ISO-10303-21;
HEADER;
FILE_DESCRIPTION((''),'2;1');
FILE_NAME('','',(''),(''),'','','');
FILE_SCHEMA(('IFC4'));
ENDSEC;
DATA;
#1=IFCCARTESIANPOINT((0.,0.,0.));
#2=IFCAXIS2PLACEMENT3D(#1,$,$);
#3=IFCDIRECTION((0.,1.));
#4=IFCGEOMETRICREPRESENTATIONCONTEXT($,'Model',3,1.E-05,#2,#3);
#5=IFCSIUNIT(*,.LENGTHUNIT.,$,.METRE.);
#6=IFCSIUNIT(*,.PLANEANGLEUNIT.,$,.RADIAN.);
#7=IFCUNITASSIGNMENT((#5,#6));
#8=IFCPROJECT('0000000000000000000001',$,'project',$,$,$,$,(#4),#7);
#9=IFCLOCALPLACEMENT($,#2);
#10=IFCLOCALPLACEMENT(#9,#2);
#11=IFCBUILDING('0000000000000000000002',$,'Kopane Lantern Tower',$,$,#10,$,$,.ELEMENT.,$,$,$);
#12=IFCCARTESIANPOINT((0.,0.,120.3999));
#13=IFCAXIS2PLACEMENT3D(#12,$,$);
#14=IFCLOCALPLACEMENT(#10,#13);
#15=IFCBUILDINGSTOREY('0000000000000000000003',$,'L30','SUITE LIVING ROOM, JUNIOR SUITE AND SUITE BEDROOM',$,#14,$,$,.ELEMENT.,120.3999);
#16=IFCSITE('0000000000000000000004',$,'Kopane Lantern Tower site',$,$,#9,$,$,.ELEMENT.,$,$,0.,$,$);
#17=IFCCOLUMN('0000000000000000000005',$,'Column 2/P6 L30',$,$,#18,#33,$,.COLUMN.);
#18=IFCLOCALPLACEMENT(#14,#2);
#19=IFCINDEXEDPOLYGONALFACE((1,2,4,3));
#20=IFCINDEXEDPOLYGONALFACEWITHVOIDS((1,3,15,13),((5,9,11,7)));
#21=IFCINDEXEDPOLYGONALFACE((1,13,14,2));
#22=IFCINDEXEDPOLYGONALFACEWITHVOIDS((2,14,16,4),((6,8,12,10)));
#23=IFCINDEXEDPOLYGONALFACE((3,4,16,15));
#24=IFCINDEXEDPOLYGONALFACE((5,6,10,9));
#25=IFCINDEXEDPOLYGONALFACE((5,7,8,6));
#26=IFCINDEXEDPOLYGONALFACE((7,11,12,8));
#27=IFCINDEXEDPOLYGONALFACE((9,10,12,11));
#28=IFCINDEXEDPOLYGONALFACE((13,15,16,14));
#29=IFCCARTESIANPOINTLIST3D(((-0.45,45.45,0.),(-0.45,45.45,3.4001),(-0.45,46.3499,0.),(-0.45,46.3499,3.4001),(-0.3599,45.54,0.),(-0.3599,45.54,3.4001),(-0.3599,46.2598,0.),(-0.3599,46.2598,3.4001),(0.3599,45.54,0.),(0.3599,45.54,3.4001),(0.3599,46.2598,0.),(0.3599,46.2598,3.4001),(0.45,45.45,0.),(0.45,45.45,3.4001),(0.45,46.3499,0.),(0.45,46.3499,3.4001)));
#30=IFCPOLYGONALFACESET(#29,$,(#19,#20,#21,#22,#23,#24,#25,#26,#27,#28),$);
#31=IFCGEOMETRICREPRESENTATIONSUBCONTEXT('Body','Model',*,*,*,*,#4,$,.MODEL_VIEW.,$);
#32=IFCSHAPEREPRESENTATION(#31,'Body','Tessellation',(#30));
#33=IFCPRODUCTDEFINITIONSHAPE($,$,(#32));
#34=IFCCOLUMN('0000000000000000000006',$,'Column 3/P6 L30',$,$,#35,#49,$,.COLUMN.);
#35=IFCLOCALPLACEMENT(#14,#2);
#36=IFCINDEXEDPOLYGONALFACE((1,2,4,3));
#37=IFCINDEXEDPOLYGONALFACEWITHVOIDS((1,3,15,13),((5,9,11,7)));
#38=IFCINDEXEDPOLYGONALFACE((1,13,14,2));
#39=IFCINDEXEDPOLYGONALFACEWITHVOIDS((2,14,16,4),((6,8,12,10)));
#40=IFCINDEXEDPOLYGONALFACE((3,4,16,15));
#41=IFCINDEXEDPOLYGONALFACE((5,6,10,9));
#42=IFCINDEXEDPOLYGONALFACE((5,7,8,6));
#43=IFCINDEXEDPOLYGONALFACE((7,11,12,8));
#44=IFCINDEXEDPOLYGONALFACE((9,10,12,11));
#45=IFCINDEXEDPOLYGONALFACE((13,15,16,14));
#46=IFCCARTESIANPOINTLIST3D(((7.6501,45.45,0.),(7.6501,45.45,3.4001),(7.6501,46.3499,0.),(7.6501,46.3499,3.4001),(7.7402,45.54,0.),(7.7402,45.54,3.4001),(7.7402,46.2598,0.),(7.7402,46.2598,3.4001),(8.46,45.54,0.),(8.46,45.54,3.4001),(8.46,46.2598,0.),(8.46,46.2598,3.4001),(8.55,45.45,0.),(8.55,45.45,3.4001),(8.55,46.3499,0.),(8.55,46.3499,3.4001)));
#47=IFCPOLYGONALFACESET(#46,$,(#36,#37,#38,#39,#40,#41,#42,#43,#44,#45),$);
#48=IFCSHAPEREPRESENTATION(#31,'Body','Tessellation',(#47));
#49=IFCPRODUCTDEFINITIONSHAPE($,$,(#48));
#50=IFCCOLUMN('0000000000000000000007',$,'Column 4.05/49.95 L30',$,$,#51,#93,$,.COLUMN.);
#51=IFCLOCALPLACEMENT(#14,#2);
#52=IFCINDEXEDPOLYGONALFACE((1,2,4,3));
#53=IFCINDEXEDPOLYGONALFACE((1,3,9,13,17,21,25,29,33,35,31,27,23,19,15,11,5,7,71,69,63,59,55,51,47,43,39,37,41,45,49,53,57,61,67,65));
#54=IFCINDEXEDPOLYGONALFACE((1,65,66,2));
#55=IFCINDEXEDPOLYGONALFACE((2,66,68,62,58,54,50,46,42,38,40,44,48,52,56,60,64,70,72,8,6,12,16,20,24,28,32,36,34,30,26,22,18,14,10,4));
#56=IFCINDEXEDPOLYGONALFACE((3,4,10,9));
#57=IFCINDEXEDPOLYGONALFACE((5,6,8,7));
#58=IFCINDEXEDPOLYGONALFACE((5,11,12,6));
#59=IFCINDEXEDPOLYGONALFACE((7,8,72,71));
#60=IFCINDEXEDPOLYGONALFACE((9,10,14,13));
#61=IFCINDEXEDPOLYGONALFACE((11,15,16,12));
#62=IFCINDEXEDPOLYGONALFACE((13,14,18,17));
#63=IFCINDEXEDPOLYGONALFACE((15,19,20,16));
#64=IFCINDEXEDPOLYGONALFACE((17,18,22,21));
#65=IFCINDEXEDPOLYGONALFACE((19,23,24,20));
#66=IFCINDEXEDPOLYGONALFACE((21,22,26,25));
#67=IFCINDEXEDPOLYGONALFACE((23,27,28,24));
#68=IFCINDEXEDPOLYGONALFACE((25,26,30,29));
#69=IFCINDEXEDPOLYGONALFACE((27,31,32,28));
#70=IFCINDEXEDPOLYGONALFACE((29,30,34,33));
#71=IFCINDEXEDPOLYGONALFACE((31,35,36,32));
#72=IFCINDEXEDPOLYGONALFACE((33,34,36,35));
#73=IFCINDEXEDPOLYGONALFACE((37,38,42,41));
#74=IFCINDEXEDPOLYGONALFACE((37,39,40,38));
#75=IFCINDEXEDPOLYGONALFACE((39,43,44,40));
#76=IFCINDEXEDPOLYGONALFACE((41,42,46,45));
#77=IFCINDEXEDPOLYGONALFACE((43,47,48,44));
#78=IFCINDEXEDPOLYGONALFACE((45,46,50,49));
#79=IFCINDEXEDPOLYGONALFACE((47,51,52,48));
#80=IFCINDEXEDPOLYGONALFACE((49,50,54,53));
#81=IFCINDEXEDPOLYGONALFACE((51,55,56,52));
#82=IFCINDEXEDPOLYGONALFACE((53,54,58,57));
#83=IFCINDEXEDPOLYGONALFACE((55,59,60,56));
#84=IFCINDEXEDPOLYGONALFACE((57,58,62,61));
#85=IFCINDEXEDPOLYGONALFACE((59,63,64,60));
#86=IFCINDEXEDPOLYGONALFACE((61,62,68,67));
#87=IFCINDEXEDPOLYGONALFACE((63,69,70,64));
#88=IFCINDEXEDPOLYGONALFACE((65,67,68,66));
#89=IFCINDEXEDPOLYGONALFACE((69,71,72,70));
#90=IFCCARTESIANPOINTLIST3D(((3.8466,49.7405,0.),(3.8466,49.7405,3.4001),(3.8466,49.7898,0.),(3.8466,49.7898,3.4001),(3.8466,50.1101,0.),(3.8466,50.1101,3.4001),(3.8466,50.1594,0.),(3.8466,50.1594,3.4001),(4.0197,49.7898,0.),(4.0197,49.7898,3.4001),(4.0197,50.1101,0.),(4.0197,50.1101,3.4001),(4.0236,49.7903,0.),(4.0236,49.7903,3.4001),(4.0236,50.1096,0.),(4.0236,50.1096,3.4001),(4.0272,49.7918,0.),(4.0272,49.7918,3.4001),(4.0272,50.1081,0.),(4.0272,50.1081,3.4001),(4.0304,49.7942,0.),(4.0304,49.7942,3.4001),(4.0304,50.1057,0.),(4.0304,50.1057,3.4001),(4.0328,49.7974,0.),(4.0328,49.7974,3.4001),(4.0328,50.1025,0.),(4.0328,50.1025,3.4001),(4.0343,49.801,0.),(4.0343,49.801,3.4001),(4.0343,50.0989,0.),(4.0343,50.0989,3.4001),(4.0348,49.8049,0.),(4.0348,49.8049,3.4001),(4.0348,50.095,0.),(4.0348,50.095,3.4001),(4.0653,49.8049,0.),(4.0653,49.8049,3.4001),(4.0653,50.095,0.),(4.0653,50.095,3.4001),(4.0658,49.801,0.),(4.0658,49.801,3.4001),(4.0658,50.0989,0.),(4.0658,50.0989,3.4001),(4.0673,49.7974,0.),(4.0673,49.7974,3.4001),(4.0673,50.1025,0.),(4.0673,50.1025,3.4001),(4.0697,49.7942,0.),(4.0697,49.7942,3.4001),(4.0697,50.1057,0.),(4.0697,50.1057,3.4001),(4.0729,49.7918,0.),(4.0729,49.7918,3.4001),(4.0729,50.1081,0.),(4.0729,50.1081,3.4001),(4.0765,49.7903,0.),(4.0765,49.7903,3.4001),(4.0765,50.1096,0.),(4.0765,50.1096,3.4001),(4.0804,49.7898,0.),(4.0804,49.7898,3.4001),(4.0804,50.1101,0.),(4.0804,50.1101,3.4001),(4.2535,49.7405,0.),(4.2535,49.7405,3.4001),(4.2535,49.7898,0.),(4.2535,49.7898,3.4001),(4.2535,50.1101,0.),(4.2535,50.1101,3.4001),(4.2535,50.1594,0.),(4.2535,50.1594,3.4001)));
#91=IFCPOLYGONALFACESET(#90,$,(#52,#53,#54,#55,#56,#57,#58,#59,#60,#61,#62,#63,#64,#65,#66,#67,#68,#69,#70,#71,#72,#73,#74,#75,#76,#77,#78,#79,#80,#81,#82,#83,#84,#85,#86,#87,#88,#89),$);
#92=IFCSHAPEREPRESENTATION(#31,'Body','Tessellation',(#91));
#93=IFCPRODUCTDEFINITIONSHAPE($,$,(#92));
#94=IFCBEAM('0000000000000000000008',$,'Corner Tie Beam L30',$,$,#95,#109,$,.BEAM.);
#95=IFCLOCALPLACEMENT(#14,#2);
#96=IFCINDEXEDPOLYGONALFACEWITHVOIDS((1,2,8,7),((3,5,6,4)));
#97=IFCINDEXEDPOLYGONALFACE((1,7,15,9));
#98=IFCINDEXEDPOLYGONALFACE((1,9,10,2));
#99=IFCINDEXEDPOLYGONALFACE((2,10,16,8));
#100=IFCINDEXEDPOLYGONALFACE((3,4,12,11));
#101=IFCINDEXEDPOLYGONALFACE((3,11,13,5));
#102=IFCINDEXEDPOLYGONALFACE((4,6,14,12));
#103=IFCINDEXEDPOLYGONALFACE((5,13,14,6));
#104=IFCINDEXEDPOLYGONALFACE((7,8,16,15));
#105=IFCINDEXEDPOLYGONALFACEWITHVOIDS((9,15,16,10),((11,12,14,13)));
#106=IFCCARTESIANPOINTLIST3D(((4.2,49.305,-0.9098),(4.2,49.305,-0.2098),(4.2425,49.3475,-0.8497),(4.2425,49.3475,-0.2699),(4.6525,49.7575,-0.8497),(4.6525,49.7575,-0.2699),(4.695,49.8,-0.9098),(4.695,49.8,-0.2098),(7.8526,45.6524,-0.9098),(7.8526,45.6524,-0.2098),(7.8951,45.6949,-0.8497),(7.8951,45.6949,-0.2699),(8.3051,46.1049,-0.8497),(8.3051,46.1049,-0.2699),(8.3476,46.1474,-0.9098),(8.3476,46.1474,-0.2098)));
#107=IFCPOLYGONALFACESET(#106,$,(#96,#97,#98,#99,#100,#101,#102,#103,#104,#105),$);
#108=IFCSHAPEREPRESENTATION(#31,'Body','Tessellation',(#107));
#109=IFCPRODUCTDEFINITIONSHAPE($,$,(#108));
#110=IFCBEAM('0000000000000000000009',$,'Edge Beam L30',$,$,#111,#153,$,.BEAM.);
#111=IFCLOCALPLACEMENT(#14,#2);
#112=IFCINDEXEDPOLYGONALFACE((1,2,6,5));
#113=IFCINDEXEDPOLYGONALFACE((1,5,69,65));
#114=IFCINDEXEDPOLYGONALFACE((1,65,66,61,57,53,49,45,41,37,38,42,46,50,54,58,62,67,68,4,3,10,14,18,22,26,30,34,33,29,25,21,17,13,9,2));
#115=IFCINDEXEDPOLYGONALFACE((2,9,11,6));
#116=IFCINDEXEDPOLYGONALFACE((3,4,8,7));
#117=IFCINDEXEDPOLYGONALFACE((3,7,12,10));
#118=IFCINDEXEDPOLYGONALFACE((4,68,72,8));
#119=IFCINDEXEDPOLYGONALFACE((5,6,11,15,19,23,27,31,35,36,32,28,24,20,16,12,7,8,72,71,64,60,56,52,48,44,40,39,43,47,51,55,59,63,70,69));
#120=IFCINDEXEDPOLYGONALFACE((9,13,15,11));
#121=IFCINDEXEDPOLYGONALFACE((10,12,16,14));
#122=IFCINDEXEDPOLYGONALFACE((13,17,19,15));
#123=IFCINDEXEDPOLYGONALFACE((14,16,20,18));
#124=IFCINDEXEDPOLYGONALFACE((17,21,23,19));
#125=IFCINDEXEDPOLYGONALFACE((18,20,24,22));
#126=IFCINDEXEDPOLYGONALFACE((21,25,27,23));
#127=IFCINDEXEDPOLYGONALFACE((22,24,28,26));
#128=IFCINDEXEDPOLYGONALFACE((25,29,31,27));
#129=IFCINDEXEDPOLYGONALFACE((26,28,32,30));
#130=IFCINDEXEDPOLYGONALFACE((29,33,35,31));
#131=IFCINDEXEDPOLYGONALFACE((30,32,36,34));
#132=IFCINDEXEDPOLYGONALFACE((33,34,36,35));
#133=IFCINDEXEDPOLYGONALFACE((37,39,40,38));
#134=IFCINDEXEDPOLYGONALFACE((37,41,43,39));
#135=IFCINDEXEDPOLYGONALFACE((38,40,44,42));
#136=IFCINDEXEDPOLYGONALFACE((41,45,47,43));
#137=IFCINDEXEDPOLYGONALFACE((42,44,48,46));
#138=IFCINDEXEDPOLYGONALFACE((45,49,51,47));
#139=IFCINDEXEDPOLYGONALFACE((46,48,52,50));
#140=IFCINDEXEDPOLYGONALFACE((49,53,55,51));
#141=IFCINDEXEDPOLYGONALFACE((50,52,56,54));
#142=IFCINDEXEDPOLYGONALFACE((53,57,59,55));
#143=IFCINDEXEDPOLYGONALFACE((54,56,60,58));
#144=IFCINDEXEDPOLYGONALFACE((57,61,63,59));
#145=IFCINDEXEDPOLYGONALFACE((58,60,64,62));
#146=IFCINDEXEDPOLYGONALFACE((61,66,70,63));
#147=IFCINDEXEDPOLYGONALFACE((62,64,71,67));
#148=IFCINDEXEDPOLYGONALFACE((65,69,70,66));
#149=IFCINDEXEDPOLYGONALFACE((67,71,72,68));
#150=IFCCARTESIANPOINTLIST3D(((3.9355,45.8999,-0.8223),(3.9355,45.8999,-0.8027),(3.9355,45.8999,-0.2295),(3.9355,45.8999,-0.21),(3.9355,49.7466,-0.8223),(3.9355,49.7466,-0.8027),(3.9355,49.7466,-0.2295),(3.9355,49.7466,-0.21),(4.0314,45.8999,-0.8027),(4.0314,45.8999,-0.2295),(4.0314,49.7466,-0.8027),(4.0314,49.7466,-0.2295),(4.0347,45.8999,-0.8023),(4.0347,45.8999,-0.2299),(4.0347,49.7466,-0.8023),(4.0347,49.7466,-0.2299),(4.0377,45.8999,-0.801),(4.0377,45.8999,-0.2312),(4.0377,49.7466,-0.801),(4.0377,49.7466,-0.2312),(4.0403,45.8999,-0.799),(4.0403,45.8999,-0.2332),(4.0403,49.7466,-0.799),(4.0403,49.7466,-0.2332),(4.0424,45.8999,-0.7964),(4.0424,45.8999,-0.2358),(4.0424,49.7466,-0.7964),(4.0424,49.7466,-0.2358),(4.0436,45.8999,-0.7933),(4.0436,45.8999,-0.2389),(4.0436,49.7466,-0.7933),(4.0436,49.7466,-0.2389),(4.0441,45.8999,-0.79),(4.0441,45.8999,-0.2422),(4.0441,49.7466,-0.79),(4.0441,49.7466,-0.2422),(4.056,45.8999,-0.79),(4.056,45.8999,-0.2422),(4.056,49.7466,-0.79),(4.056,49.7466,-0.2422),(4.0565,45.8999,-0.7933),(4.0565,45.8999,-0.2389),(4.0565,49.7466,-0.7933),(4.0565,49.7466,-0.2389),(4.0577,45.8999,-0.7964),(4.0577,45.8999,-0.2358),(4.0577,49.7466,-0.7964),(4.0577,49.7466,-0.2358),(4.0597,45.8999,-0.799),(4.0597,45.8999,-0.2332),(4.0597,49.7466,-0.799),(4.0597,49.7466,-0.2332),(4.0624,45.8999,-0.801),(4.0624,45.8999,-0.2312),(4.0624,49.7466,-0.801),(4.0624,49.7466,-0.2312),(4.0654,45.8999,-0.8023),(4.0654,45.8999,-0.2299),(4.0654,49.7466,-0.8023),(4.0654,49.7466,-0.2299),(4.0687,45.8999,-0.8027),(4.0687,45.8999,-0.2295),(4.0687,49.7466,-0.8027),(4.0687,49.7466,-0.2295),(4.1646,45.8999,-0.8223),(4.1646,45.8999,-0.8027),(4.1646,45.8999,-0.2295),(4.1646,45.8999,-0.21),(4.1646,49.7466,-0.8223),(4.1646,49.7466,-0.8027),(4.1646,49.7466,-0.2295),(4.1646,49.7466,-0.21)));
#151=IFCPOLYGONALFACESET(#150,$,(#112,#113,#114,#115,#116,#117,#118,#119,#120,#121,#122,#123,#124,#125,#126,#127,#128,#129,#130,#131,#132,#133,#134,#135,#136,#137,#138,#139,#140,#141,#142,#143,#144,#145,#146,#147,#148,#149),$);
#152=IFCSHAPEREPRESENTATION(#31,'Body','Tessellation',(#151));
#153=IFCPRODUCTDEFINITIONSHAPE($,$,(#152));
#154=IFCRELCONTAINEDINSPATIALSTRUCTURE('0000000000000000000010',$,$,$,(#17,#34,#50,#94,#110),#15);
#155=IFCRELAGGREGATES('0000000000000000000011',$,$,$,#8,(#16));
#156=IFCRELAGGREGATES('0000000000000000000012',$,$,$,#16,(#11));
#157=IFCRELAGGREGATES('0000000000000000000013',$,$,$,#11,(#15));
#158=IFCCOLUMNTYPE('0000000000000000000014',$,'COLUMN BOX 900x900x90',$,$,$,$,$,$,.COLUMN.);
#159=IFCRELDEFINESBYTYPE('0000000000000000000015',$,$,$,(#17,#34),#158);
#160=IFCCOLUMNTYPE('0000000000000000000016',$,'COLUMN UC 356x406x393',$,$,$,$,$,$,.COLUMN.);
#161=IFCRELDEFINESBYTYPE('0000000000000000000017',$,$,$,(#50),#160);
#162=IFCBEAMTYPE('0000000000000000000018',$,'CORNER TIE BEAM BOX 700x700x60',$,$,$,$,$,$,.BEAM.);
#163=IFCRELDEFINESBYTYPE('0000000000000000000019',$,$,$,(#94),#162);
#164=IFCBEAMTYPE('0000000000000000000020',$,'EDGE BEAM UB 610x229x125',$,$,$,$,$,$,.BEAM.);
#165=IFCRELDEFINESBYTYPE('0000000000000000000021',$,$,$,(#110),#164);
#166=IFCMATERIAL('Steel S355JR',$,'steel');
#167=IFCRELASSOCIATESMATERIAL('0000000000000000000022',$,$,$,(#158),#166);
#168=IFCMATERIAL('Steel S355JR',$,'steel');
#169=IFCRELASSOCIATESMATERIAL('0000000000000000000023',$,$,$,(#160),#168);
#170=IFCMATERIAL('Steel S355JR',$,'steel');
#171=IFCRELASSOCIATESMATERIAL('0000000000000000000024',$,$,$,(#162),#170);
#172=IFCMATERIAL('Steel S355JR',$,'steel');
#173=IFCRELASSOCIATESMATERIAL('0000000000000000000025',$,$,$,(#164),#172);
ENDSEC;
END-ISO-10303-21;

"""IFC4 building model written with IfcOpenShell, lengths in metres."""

from ifc_helpers import new_model, si_unit, direction, frame, origin, origin_2d, place, context, subcontext, project, spatial, hollow_rectangle, i_section, extrude, material, material_profile, profile_set, type_object, element, save


model = new_model("IFC4")

# Units and contexts
model_context = context("Model", 3, precision=1e-05, world=origin(), true_north=direction((0.0, 1.0)))
body_context = subcontext(model_context, "Body", "Model", "MODEL_VIEW")
ifc_project = project(units=[si_unit("LENGTHUNIT", "METRE"), si_unit("PLANEANGLEUNIT", "RADIAN")], contexts=[model_context])

# Site, building, storey
site_placement = place(None, origin())
site = spatial("IfcSite", under=ifc_project, at=site_placement, Name="Kopane Lantern Tower site", CompositionType="ELEMENT", RefElevation=0.0)
building_placement = place(site_placement, origin())
building = spatial("IfcBuilding", under=site, at=building_placement, Name="Kopane Lantern Tower", CompositionType="ELEMENT")
storey_placement = place(building_placement, frame((0.0, 0.0, 120.3999)))
storey = spatial("IfcBuildingStorey", under=building, at=storey_placement, Name="L30", Description="SUITE LIVING ROOM, JUNIOR SUITE AND SUITE BEDROOM", CompositionType="ELEMENT", Elevation=120.3999)

# Columns
ifc_material_1 = material(Name="Steel S355JR", Category="steel")
ifc_material_profile_1 = material_profile(ifc_material_1, hollow_rectangle(XDim=0.8999, YDim=0.8999, WallThickness=0.0901, at=origin_2d()), Name="BOX 900x900x90")
ifc_profile_set_1 = profile_set([ifc_material_profile_1], Name="Steel S355JR")
column_type_1 = type_object("IfcColumnType", Name="COLUMN BOX 900x900x90", PredefinedType="COLUMN", material=ifc_profile_set_1)
for number, where, z_axis, x_axis, name in (
    (1, (0.0, 45.8999, 0.0), (0.0, 0.0, 1.0), (1.0, 0.0, 0.0), "Column 2/P6 L30"),
    (2, (8.1001, 45.8999, 0.0), (0.0, 0.0, 1.0), (1.0, 0.0, 0.0), "Column 3/P6 L30"),
):
    element("IfcColumn", number, at=place(storey_placement, frame(where, z_axis=z_axis, x_axis=x_axis)), inside=storey, type_object=column_type_1, Name=name, PredefinedType="COLUMN", context=body_context, shape_type="SweptSolid", body=[
        extrude(hollow_rectangle(XDim=0.8999, YDim=0.8999, WallThickness=0.0901, at=origin_2d()), origin(), (0.0, 0.0, 1.0), 3.4001),
    ])
ifc_material_2 = material(Name="Steel S355JR", Category="steel")
ifc_material_profile_2 = material_profile(ifc_material_2, i_section(OverallWidth=0.407, OverallDepth=0.4189, WebThickness=0.0305, FlangeThickness=0.0493, FilletRadius=0.0151, at=origin_2d()), Name="UC 356x406x393")
ifc_profile_set_2 = profile_set([ifc_material_profile_2], Name="Steel S355JR")
column_type_2 = type_object("IfcColumnType", Name="COLUMN UC 356x406x393", PredefinedType="COLUMN", material=ifc_profile_set_2)
column_placement = place(storey_placement, frame((4.05, 49.95, 0.0), z_axis=(0.0, 0.0, 1.0), x_axis=(1.0, 0.0, 0.0)))
element("IfcColumn", 3, at=column_placement, inside=storey, type_object=column_type_2, Name="Column 4.05/49.95 L30", PredefinedType="COLUMN", context=body_context, shape_type="SweptSolid", body=[
    extrude(i_section(OverallWidth=0.407, OverallDepth=0.4189, WebThickness=0.0305, FlangeThickness=0.0493, FilletRadius=0.0151, at=origin_2d()), origin(), (0.0, 0.0, 1.0), 3.4001),
])

# Beams
ifc_material_3 = material(Name="Steel S355JR", Category="steel")
ifc_material_profile_3 = material_profile(ifc_material_3, hollow_rectangle(XDim=0.7, YDim=0.7, WallThickness=0.0601, at=origin_2d()), Name="BOX 700x700x60")
ifc_profile_set_3 = profile_set([ifc_material_profile_3], Name="Steel S355JR")
beam_type_1 = type_object("IfcBeamType", Name="CORNER TIE BEAM BOX 700x700x60", PredefinedType="BEAM", material=ifc_profile_set_3)
beam_1_placement = place(storey_placement, frame((4.4475, 49.5525, -0.5598), z_axis=(0.707107, -0.707107, 0.0), x_axis=(0.707107, 0.707107, 0.0)))
element("IfcBeam", 4, at=beam_1_placement, inside=storey, type_object=beam_type_1, Name="Corner Tie Beam L30", PredefinedType="BEAM", context=body_context, shape_type="SweptSolid", body=[
    extrude(hollow_rectangle(XDim=0.7, YDim=0.7, WallThickness=0.0601, at=origin_2d()), origin(), (0.0, 0.0, 1.0), 5.1655),
])
ifc_material_4 = material(Name="Steel S355JR", Category="steel")
ifc_material_profile_4 = material_profile(ifc_material_4, i_section(OverallWidth=0.229, OverallDepth=0.6123, WebThickness=0.012, FlangeThickness=0.0195, FilletRadius=0.0127, at=origin_2d()), Name="UB 610x229x125")
ifc_profile_set_4 = profile_set([ifc_material_profile_4], Name="Steel S355JR")
beam_type_2 = type_object("IfcBeamType", Name="EDGE BEAM UB 610x229x125", PredefinedType="BEAM", material=ifc_profile_set_4)
for number, where, z_axis, x_axis, name in (
    (5, (4.05, 49.7466, -0.5161), (0.0, -1.0, 0.0), (1.0, 0.0, 0.0), "Edge Beam L30"),
):
    element("IfcBeam", number, at=place(storey_placement, frame(where, z_axis=z_axis, x_axis=x_axis)), inside=storey, type_object=beam_type_2, Name=name, PredefinedType="BEAM", context=body_context, shape_type="SweptSolid", body=[
        extrude(i_section(OverallWidth=0.229, OverallDepth=0.6123, WebThickness=0.012, FlangeThickness=0.0195, FilletRadius=0.0127, at=origin_2d()), origin(), (0.0, 0.0, 1.0), 3.8467),
    ])

save(model, "model.ifc")
